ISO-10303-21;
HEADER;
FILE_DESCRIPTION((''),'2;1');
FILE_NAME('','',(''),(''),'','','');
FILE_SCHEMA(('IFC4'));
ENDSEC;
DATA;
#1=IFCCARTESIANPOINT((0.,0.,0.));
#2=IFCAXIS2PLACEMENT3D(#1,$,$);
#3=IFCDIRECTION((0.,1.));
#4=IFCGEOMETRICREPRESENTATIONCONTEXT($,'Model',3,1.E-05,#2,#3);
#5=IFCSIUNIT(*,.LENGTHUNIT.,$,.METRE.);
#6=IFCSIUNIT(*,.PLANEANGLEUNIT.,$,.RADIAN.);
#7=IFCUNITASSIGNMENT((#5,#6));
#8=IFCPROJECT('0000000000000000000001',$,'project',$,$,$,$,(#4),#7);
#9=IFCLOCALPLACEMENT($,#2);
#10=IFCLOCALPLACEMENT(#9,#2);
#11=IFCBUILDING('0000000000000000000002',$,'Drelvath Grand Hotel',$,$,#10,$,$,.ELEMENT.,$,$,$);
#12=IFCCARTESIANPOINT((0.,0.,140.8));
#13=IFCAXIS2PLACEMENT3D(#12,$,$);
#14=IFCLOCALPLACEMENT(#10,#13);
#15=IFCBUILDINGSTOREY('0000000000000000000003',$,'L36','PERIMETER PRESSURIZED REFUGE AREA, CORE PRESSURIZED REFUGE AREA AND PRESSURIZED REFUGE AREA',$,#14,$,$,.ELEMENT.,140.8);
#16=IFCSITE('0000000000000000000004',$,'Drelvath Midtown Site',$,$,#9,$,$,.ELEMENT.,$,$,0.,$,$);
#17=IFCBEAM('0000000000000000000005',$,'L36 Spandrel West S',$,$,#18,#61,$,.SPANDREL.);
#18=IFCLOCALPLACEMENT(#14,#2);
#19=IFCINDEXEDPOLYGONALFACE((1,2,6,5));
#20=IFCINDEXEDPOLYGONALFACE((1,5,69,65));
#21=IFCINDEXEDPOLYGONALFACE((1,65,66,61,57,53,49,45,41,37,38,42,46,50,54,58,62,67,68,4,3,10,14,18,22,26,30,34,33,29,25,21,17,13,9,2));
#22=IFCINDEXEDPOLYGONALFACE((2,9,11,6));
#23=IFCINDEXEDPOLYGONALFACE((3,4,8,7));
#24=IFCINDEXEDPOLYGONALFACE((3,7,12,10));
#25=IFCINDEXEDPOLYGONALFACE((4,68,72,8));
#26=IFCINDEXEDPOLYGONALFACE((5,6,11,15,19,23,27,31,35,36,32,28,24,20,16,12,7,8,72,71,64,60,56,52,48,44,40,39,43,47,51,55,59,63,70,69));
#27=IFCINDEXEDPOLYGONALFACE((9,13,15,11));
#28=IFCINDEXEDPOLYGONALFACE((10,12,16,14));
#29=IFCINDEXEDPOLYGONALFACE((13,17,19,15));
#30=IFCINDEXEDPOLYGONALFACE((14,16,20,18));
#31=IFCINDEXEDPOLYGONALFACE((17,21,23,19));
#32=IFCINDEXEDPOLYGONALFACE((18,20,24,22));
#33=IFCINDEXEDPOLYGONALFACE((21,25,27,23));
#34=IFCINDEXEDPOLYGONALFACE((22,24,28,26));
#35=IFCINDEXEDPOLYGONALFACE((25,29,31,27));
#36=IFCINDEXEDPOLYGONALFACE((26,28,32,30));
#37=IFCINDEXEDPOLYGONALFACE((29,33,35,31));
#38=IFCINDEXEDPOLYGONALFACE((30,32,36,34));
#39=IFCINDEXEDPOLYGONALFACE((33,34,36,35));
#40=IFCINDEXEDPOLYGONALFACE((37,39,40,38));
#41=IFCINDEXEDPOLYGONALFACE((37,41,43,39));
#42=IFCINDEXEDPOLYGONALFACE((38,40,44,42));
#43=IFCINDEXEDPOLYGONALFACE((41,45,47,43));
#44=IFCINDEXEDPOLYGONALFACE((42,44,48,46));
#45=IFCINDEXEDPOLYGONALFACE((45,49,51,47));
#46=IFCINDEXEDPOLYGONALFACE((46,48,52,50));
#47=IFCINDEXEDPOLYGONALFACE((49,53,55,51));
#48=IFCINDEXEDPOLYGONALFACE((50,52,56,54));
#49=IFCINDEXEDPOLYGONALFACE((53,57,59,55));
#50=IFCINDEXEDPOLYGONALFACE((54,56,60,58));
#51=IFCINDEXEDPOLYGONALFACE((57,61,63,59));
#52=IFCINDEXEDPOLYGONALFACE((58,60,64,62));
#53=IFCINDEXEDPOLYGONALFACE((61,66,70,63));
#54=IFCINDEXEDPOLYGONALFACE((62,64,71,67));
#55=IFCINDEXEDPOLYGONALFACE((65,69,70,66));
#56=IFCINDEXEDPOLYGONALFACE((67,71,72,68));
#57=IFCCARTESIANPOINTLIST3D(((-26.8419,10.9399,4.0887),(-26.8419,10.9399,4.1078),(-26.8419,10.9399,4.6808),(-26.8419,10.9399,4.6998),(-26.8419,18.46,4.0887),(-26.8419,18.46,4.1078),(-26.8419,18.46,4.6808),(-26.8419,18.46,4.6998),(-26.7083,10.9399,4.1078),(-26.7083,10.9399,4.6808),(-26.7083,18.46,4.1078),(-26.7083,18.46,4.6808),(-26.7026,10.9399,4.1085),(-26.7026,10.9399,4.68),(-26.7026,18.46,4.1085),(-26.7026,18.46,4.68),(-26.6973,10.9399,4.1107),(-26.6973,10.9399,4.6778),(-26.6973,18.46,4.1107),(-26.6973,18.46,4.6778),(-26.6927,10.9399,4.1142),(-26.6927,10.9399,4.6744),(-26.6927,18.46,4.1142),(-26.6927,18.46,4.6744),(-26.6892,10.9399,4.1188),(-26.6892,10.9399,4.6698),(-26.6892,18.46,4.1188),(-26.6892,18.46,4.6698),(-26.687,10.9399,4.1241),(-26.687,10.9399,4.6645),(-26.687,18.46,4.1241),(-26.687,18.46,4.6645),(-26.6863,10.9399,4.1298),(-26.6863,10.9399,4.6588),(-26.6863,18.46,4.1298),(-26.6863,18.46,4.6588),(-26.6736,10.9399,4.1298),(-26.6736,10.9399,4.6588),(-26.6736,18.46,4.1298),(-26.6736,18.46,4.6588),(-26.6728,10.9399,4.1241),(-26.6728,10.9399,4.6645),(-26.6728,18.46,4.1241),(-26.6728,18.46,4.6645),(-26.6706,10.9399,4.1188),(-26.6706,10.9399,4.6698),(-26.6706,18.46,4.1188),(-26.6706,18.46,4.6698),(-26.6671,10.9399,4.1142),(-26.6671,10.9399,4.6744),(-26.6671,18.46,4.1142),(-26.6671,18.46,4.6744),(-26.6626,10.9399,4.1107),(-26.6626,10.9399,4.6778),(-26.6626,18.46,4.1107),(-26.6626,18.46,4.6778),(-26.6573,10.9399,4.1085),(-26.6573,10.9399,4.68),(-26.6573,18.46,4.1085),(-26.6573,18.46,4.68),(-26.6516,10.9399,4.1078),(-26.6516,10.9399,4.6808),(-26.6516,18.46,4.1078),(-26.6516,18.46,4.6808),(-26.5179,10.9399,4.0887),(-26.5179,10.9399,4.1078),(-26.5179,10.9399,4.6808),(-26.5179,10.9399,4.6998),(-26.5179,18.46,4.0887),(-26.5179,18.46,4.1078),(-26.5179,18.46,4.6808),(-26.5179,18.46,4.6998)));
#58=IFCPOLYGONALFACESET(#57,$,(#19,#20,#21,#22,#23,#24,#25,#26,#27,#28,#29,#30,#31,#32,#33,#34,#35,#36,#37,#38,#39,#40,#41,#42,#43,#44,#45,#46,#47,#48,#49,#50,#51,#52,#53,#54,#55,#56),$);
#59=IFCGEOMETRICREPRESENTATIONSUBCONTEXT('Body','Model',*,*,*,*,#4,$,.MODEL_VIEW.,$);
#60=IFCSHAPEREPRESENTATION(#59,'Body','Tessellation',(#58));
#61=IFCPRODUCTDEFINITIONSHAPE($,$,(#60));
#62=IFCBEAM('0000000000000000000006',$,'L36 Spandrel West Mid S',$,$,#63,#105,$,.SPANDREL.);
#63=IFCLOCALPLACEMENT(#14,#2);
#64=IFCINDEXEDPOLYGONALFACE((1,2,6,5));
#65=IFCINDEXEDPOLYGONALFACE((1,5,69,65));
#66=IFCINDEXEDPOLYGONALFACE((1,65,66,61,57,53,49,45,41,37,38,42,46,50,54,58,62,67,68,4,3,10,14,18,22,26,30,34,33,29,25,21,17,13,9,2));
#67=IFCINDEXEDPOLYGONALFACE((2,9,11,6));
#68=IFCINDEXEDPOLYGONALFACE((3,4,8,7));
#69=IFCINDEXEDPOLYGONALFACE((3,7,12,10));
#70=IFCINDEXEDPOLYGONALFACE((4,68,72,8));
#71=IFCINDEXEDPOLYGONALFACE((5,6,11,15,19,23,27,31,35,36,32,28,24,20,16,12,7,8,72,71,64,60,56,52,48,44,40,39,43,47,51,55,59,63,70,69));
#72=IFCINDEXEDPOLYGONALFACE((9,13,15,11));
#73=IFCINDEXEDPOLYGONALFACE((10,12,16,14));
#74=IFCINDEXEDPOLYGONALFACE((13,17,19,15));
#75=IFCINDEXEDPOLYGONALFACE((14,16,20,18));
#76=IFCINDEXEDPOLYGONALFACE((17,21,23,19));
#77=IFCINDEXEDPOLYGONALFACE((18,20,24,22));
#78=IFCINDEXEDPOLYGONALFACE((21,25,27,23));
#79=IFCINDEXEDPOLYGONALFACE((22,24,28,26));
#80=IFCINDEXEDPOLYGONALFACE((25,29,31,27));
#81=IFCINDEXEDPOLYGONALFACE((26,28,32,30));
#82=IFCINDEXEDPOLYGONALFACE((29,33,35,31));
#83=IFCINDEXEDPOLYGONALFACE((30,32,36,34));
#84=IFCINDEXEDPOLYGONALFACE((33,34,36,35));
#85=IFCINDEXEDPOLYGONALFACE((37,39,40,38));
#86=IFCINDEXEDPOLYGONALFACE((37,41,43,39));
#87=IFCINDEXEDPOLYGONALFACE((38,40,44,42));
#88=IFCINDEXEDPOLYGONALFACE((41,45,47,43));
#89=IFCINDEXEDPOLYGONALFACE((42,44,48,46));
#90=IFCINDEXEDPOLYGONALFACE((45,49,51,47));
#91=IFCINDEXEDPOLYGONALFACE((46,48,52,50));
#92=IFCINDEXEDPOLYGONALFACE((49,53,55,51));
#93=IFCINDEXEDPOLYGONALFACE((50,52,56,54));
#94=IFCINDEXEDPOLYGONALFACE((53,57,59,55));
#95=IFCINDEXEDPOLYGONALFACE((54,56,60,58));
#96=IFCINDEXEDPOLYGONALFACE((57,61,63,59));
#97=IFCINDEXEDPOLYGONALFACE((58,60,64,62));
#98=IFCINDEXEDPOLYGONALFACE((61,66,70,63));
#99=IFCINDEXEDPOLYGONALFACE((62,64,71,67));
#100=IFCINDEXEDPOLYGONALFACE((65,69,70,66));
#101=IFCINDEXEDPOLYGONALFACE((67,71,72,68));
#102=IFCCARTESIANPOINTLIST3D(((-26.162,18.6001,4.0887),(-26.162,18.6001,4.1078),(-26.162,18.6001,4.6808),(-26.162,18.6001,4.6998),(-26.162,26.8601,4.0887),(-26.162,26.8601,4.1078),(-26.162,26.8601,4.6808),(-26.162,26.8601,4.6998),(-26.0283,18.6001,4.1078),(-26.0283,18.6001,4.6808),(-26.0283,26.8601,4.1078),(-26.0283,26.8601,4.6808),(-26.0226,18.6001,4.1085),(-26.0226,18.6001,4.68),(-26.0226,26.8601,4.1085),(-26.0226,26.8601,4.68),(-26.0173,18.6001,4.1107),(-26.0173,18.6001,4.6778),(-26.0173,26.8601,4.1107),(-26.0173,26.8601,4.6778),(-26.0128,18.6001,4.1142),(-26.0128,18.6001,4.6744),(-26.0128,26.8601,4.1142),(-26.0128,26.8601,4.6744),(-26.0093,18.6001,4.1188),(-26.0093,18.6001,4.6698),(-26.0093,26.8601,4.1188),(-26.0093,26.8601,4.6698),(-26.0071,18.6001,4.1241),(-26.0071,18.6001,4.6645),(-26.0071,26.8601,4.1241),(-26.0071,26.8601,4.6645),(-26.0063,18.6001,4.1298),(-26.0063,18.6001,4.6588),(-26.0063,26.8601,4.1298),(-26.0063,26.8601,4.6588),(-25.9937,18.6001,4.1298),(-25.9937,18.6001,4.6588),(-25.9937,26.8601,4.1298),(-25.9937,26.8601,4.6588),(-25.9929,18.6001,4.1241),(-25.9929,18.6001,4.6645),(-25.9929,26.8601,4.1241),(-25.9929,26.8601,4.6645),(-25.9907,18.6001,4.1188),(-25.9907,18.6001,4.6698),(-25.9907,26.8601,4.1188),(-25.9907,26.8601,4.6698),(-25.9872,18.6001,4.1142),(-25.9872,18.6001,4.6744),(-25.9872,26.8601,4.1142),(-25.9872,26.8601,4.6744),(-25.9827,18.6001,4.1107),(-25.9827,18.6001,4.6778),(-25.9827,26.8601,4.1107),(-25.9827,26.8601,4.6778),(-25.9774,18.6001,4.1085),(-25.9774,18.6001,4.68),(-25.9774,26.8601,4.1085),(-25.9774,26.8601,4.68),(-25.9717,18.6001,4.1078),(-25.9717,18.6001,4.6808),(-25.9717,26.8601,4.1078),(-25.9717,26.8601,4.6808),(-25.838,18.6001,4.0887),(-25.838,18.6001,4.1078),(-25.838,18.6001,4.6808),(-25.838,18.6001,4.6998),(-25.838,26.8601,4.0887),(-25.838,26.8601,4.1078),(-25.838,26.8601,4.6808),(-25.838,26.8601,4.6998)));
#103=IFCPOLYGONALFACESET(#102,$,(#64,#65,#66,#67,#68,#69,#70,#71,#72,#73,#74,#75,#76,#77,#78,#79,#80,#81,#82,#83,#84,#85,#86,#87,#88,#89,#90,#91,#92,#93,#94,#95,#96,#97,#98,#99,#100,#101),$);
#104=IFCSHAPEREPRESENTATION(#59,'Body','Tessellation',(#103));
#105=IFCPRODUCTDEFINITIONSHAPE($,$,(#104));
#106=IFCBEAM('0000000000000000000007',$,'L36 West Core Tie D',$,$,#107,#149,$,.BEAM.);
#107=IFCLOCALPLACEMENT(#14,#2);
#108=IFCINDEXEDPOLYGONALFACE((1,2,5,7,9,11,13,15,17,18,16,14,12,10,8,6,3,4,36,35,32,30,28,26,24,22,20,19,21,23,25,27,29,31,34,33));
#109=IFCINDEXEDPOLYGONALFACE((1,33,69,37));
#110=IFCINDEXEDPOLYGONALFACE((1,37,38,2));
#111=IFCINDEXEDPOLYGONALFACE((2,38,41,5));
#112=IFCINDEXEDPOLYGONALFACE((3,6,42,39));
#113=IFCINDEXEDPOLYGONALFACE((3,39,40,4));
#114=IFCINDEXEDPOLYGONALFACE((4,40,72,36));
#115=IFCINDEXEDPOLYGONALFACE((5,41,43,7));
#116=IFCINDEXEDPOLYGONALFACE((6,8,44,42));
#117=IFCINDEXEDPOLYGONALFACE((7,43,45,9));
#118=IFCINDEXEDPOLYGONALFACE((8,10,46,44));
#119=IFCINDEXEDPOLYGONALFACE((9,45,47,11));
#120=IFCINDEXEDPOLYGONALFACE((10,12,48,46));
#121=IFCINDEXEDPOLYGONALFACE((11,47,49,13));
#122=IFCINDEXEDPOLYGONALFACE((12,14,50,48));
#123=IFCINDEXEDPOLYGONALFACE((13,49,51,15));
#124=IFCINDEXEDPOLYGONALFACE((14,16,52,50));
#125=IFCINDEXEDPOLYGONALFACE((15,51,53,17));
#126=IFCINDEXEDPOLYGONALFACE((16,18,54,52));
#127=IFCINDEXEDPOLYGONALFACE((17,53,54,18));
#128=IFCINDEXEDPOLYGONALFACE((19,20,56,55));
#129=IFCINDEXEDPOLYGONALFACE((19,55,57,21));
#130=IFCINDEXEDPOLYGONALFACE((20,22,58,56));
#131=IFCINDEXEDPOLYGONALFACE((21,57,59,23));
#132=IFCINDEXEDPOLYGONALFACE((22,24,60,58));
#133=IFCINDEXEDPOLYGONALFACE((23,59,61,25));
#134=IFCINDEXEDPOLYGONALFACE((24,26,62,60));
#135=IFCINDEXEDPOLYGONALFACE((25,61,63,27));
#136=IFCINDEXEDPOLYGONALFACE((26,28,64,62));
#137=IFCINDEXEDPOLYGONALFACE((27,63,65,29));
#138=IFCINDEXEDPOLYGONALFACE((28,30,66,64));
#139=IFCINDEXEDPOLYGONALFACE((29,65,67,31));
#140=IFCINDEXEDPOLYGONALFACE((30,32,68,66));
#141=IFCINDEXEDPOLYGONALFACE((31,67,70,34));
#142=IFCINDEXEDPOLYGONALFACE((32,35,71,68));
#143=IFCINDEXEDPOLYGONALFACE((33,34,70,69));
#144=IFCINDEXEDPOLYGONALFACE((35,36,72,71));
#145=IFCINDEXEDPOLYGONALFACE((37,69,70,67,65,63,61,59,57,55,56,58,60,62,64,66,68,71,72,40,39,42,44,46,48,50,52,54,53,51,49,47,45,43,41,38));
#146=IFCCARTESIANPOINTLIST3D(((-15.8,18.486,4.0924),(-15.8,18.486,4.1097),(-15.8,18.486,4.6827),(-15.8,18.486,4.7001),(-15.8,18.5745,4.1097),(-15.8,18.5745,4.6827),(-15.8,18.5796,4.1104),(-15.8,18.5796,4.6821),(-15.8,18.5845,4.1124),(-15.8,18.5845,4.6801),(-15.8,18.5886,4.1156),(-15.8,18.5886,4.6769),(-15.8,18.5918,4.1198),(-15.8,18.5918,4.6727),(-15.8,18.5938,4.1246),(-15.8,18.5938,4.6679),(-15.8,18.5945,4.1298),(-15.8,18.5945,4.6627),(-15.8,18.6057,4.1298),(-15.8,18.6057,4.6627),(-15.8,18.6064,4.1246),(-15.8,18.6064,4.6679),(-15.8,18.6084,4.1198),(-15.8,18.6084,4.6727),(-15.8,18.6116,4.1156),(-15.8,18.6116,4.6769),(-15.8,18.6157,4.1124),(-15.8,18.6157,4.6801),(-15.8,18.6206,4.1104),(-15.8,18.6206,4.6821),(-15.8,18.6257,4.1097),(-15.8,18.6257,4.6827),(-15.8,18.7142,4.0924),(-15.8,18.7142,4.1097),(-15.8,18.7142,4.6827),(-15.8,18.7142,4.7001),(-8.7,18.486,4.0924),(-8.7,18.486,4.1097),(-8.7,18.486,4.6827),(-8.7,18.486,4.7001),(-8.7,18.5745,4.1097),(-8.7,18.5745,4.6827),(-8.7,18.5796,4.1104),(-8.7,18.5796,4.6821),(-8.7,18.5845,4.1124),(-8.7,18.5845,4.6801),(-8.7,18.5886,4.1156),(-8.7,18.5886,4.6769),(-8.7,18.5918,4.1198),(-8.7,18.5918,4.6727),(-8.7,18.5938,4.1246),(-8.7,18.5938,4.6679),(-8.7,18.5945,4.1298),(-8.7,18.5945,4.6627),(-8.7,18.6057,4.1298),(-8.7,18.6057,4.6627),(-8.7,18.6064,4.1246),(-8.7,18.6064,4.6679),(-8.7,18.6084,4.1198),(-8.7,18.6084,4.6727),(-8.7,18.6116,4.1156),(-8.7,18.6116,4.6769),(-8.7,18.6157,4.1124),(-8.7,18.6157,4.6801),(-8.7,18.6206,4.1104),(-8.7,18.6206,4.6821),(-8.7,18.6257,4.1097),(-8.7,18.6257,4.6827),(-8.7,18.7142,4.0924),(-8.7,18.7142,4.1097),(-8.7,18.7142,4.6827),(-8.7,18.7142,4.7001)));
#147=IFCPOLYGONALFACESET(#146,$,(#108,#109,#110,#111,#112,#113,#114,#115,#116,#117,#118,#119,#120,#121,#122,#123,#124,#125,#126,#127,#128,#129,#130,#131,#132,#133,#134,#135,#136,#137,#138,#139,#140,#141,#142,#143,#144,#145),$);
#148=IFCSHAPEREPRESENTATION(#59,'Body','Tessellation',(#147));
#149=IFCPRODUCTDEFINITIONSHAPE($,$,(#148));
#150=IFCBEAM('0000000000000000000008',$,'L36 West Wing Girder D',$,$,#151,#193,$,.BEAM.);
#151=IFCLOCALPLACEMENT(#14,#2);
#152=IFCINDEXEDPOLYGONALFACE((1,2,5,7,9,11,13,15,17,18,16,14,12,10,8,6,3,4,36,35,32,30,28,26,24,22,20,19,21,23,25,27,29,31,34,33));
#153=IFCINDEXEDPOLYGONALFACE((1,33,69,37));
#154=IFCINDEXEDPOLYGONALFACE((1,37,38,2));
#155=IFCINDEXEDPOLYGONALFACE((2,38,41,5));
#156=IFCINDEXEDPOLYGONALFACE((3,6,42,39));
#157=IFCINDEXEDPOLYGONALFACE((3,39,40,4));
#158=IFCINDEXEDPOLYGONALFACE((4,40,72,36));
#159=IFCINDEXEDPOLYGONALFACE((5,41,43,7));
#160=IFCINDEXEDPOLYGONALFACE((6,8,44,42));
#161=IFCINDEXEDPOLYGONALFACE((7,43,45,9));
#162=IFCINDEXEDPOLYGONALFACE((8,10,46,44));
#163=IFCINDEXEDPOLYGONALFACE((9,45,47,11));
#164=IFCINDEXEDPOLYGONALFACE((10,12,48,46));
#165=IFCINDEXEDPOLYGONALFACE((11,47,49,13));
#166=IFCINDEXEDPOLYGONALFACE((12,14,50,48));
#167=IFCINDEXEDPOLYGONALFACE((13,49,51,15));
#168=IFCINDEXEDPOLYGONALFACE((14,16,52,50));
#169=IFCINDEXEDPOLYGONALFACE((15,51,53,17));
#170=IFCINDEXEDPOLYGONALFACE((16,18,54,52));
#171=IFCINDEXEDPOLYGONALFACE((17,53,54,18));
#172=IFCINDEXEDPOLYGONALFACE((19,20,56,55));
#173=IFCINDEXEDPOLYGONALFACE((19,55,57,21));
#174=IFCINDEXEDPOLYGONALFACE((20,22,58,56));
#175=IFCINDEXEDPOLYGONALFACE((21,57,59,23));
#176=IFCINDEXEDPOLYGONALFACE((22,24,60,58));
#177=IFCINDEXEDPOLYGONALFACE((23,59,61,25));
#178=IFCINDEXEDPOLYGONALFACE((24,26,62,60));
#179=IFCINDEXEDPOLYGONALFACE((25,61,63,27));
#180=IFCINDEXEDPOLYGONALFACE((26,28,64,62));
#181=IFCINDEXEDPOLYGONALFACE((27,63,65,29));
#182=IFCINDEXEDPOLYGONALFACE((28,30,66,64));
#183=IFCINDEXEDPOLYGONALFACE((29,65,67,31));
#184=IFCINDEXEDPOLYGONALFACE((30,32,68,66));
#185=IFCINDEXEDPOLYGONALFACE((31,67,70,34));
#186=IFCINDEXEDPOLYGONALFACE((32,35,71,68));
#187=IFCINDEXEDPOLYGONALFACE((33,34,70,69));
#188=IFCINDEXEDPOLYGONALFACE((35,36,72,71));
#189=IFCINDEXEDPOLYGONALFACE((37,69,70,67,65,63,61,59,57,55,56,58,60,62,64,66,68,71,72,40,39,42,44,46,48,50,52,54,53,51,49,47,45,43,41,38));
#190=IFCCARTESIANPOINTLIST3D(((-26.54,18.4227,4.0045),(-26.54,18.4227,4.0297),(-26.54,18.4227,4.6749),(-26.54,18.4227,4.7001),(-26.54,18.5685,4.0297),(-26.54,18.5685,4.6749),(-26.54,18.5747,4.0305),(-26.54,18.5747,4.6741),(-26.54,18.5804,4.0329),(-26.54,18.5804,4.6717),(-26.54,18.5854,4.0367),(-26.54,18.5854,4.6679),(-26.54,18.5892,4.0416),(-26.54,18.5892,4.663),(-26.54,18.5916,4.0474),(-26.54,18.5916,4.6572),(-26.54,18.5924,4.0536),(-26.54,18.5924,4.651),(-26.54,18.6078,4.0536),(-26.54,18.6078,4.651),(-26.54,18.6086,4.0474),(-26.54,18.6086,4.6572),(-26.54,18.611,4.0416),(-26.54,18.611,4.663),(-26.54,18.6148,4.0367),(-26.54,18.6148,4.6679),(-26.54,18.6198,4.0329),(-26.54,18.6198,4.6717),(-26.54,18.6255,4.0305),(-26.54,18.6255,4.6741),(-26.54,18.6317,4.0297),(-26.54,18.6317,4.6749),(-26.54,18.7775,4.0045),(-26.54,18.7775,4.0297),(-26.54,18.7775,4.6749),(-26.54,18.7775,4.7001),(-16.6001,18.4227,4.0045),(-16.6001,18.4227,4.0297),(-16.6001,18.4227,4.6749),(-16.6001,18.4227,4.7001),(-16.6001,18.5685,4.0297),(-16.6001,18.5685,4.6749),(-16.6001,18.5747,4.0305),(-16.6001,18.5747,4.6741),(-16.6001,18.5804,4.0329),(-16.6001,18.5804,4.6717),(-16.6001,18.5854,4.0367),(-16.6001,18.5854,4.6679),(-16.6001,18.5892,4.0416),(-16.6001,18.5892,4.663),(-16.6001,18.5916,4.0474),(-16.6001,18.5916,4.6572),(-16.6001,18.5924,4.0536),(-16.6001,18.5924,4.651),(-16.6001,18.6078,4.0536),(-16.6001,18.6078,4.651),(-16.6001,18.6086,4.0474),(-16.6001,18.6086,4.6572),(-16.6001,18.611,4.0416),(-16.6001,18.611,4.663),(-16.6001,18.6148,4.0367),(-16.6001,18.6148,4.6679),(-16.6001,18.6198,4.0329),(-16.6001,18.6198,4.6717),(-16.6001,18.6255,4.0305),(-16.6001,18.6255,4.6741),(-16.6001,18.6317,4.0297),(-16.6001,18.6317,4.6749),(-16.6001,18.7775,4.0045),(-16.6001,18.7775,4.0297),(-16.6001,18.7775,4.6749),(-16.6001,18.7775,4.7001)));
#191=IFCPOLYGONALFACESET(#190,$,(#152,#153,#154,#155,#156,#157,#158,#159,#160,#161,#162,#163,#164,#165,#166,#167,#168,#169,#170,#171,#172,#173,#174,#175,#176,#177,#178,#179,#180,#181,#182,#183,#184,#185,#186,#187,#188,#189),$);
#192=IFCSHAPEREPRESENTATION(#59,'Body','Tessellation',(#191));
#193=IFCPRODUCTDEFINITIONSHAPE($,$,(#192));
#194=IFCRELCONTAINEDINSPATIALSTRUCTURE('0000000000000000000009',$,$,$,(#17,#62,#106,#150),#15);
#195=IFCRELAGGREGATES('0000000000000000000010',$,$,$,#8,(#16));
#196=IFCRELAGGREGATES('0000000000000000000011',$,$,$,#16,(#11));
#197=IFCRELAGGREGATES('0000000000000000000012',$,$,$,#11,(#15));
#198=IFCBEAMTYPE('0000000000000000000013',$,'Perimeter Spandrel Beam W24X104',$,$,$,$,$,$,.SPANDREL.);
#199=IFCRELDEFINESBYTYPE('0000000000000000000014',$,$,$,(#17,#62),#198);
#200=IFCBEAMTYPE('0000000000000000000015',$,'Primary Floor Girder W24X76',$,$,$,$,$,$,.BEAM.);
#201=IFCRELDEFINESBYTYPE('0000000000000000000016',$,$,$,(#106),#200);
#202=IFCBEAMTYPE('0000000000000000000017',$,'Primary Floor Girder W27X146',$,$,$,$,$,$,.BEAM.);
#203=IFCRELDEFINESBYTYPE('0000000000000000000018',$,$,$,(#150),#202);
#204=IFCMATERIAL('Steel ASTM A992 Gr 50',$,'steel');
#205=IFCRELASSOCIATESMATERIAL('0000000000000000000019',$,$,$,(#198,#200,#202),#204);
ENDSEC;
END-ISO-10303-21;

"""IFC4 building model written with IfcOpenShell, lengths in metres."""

from ifc_helpers import new_model, si_unit, direction, frame, origin, origin_2d, place, context, subcontext, project, spatial, i_section, extrude, material, material_profile, profile_set, type_object, element, save


model = new_model("IFC4")

# Units and contexts
model_context = context("Model", 3, precision=1e-05, world=origin(), true_north=direction((0.0, 1.0)))
body_context = subcontext(model_context, "Body", "Model", "MODEL_VIEW")
ifc_project = project(units=[si_unit("LENGTHUNIT", "METRE"), si_unit("PLANEANGLEUNIT", "RADIAN")], contexts=[model_context])

# Site, building, storey
site_placement = place(None, origin())
site = spatial("IfcSite", under=ifc_project, at=site_placement, Name="Drelvath Midtown Site", CompositionType="ELEMENT", RefElevation=0.0)
building_placement = place(site_placement, origin())
building = spatial("IfcBuilding", under=site, at=building_placement, Name="Drelvath Grand Hotel", CompositionType="ELEMENT")
storey_placement = place(building_placement, frame((0.0, 0.0, 140.8)))
storey = spatial("IfcBuildingStorey", under=building, at=storey_placement, Name="L36", Description="PERIMETER PRESSURIZED REFUGE AREA, CORE PRESSURIZED REFUGE AREA AND PRESSURIZED REFUGE AREA", CompositionType="ELEMENT", Elevation=140.8)

# Shared definitions
ifc_material_1 = material(Name="Steel ASTM A992 Gr 50", Category="steel")

# Beams
ifc_material_profile_1 = material_profile(ifc_material_1, i_section(OverallWidth=0.324, OverallDepth=0.6111, WebThickness=0.0127, FlangeThickness=0.019, FilletRadius=0.022, at=origin_2d()), Name="W24X104")
ifc_profile_set_1 = profile_set([ifc_material_profile_1], Name="Steel ASTM A992 Gr 50")
beam_type_1 = type_object("IfcBeamType", Name="Perimeter Spandrel Beam W24X104", PredefinedType="SPANDREL", material=ifc_profile_set_1)
beam_1_placement = place(storey_placement, frame((-26.6799, 10.9399, 4.3943), z_axis=(0.0, 1.0, 0.0), x_axis=(-1.0, 0.0, 0.0)))
element("IfcBeam", 1, at=beam_1_placement, inside=storey, type_object=beam_type_1, Name="L36 Spandrel West S", PredefinedType="SPANDREL", context=body_context, shape_type="SweptSolid", body=[
    extrude(i_section(OverallWidth=0.324, OverallDepth=0.6111, WebThickness=0.0127, FlangeThickness=0.019, FilletRadius=0.022, at=origin_2d()), origin(), (0.0, 0.0, 1.0), 7.52),
])
beam_2_placement = place(storey_placement, frame((-26.0, 18.6001, 4.3943), z_axis=(0.0, 1.0, 0.0), x_axis=(-1.0, 0.0, 0.0)))
element("IfcBeam", 2, at=beam_2_placement, inside=storey, type_object=beam_type_1, Name="L36 Spandrel West Mid S", PredefinedType="SPANDREL", context=body_context, shape_type="SweptSolid", body=[
    extrude(i_section(OverallWidth=0.324, OverallDepth=0.6111, WebThickness=0.0127, FlangeThickness=0.019, FilletRadius=0.022, at=origin_2d()), origin(), (0.0, 0.0, 1.0), 8.26),
])
ifc_material_profile_2 = material_profile(ifc_material_1, i_section(OverallWidth=0.2283, OverallDepth=0.6077, WebThickness=0.0112, FlangeThickness=0.0173, FilletRadius=0.02, at=origin_2d()), Name="W24X76")
ifc_profile_set_2 = profile_set([ifc_material_profile_2], Name="Steel ASTM A992 Gr 50")
beam_type_2 = type_object("IfcBeamType", Name="Primary Floor Girder W24X76", PredefinedType="BEAM", material=ifc_profile_set_2)
beam_3_placement = place(storey_placement, frame((-15.8, 18.6001, 4.3962), z_axis=(1.0, 0.0, 0.0), x_axis=(0.0, 1.0, 0.0)))
element("IfcBeam", 3, at=beam_3_placement, inside=storey, type_object=beam_type_2, Name="L36 West Core Tie D", PredefinedType="BEAM", context=body_context, shape_type="SweptSolid", body=[
    extrude(i_section(OverallWidth=0.2283, OverallDepth=0.6077, WebThickness=0.0112, FlangeThickness=0.0173, FilletRadius=0.02, at=origin_2d()), origin(), (0.0, 0.0, 1.0), 7.1001),
])
ifc_material_profile_3 = material_profile(ifc_material_1, i_section(OverallWidth=0.3547, OverallDepth=0.6956, WebThickness=0.0154, FlangeThickness=0.0251, FilletRadius=0.0239, at=origin_2d()), Name="W27X146")
ifc_profile_set_3 = profile_set([ifc_material_profile_3], Name="Steel ASTM A992 Gr 50")
beam_type_3 = type_object("IfcBeamType", Name="Primary Floor Girder W27X146", PredefinedType="BEAM", material=ifc_profile_set_3)
beam_4_placement = place(storey_placement, frame((-26.54, 18.6001, 4.3523), z_axis=(1.0, 0.0, 0.0), x_axis=(0.0, 1.0, 0.0)))
element("IfcBeam", 4, at=beam_4_placement, inside=storey, type_object=beam_type_3, Name="L36 West Wing Girder D", PredefinedType="BEAM", context=body_context, shape_type="SweptSolid", body=[
    extrude(i_section(OverallWidth=0.3547, OverallDepth=0.6956, WebThickness=0.0154, FlangeThickness=0.0251, FilletRadius=0.0239, at=origin_2d()), origin(), (0.0, 0.0, 1.0), 9.9399),
])

save(model, "model.ifc")
